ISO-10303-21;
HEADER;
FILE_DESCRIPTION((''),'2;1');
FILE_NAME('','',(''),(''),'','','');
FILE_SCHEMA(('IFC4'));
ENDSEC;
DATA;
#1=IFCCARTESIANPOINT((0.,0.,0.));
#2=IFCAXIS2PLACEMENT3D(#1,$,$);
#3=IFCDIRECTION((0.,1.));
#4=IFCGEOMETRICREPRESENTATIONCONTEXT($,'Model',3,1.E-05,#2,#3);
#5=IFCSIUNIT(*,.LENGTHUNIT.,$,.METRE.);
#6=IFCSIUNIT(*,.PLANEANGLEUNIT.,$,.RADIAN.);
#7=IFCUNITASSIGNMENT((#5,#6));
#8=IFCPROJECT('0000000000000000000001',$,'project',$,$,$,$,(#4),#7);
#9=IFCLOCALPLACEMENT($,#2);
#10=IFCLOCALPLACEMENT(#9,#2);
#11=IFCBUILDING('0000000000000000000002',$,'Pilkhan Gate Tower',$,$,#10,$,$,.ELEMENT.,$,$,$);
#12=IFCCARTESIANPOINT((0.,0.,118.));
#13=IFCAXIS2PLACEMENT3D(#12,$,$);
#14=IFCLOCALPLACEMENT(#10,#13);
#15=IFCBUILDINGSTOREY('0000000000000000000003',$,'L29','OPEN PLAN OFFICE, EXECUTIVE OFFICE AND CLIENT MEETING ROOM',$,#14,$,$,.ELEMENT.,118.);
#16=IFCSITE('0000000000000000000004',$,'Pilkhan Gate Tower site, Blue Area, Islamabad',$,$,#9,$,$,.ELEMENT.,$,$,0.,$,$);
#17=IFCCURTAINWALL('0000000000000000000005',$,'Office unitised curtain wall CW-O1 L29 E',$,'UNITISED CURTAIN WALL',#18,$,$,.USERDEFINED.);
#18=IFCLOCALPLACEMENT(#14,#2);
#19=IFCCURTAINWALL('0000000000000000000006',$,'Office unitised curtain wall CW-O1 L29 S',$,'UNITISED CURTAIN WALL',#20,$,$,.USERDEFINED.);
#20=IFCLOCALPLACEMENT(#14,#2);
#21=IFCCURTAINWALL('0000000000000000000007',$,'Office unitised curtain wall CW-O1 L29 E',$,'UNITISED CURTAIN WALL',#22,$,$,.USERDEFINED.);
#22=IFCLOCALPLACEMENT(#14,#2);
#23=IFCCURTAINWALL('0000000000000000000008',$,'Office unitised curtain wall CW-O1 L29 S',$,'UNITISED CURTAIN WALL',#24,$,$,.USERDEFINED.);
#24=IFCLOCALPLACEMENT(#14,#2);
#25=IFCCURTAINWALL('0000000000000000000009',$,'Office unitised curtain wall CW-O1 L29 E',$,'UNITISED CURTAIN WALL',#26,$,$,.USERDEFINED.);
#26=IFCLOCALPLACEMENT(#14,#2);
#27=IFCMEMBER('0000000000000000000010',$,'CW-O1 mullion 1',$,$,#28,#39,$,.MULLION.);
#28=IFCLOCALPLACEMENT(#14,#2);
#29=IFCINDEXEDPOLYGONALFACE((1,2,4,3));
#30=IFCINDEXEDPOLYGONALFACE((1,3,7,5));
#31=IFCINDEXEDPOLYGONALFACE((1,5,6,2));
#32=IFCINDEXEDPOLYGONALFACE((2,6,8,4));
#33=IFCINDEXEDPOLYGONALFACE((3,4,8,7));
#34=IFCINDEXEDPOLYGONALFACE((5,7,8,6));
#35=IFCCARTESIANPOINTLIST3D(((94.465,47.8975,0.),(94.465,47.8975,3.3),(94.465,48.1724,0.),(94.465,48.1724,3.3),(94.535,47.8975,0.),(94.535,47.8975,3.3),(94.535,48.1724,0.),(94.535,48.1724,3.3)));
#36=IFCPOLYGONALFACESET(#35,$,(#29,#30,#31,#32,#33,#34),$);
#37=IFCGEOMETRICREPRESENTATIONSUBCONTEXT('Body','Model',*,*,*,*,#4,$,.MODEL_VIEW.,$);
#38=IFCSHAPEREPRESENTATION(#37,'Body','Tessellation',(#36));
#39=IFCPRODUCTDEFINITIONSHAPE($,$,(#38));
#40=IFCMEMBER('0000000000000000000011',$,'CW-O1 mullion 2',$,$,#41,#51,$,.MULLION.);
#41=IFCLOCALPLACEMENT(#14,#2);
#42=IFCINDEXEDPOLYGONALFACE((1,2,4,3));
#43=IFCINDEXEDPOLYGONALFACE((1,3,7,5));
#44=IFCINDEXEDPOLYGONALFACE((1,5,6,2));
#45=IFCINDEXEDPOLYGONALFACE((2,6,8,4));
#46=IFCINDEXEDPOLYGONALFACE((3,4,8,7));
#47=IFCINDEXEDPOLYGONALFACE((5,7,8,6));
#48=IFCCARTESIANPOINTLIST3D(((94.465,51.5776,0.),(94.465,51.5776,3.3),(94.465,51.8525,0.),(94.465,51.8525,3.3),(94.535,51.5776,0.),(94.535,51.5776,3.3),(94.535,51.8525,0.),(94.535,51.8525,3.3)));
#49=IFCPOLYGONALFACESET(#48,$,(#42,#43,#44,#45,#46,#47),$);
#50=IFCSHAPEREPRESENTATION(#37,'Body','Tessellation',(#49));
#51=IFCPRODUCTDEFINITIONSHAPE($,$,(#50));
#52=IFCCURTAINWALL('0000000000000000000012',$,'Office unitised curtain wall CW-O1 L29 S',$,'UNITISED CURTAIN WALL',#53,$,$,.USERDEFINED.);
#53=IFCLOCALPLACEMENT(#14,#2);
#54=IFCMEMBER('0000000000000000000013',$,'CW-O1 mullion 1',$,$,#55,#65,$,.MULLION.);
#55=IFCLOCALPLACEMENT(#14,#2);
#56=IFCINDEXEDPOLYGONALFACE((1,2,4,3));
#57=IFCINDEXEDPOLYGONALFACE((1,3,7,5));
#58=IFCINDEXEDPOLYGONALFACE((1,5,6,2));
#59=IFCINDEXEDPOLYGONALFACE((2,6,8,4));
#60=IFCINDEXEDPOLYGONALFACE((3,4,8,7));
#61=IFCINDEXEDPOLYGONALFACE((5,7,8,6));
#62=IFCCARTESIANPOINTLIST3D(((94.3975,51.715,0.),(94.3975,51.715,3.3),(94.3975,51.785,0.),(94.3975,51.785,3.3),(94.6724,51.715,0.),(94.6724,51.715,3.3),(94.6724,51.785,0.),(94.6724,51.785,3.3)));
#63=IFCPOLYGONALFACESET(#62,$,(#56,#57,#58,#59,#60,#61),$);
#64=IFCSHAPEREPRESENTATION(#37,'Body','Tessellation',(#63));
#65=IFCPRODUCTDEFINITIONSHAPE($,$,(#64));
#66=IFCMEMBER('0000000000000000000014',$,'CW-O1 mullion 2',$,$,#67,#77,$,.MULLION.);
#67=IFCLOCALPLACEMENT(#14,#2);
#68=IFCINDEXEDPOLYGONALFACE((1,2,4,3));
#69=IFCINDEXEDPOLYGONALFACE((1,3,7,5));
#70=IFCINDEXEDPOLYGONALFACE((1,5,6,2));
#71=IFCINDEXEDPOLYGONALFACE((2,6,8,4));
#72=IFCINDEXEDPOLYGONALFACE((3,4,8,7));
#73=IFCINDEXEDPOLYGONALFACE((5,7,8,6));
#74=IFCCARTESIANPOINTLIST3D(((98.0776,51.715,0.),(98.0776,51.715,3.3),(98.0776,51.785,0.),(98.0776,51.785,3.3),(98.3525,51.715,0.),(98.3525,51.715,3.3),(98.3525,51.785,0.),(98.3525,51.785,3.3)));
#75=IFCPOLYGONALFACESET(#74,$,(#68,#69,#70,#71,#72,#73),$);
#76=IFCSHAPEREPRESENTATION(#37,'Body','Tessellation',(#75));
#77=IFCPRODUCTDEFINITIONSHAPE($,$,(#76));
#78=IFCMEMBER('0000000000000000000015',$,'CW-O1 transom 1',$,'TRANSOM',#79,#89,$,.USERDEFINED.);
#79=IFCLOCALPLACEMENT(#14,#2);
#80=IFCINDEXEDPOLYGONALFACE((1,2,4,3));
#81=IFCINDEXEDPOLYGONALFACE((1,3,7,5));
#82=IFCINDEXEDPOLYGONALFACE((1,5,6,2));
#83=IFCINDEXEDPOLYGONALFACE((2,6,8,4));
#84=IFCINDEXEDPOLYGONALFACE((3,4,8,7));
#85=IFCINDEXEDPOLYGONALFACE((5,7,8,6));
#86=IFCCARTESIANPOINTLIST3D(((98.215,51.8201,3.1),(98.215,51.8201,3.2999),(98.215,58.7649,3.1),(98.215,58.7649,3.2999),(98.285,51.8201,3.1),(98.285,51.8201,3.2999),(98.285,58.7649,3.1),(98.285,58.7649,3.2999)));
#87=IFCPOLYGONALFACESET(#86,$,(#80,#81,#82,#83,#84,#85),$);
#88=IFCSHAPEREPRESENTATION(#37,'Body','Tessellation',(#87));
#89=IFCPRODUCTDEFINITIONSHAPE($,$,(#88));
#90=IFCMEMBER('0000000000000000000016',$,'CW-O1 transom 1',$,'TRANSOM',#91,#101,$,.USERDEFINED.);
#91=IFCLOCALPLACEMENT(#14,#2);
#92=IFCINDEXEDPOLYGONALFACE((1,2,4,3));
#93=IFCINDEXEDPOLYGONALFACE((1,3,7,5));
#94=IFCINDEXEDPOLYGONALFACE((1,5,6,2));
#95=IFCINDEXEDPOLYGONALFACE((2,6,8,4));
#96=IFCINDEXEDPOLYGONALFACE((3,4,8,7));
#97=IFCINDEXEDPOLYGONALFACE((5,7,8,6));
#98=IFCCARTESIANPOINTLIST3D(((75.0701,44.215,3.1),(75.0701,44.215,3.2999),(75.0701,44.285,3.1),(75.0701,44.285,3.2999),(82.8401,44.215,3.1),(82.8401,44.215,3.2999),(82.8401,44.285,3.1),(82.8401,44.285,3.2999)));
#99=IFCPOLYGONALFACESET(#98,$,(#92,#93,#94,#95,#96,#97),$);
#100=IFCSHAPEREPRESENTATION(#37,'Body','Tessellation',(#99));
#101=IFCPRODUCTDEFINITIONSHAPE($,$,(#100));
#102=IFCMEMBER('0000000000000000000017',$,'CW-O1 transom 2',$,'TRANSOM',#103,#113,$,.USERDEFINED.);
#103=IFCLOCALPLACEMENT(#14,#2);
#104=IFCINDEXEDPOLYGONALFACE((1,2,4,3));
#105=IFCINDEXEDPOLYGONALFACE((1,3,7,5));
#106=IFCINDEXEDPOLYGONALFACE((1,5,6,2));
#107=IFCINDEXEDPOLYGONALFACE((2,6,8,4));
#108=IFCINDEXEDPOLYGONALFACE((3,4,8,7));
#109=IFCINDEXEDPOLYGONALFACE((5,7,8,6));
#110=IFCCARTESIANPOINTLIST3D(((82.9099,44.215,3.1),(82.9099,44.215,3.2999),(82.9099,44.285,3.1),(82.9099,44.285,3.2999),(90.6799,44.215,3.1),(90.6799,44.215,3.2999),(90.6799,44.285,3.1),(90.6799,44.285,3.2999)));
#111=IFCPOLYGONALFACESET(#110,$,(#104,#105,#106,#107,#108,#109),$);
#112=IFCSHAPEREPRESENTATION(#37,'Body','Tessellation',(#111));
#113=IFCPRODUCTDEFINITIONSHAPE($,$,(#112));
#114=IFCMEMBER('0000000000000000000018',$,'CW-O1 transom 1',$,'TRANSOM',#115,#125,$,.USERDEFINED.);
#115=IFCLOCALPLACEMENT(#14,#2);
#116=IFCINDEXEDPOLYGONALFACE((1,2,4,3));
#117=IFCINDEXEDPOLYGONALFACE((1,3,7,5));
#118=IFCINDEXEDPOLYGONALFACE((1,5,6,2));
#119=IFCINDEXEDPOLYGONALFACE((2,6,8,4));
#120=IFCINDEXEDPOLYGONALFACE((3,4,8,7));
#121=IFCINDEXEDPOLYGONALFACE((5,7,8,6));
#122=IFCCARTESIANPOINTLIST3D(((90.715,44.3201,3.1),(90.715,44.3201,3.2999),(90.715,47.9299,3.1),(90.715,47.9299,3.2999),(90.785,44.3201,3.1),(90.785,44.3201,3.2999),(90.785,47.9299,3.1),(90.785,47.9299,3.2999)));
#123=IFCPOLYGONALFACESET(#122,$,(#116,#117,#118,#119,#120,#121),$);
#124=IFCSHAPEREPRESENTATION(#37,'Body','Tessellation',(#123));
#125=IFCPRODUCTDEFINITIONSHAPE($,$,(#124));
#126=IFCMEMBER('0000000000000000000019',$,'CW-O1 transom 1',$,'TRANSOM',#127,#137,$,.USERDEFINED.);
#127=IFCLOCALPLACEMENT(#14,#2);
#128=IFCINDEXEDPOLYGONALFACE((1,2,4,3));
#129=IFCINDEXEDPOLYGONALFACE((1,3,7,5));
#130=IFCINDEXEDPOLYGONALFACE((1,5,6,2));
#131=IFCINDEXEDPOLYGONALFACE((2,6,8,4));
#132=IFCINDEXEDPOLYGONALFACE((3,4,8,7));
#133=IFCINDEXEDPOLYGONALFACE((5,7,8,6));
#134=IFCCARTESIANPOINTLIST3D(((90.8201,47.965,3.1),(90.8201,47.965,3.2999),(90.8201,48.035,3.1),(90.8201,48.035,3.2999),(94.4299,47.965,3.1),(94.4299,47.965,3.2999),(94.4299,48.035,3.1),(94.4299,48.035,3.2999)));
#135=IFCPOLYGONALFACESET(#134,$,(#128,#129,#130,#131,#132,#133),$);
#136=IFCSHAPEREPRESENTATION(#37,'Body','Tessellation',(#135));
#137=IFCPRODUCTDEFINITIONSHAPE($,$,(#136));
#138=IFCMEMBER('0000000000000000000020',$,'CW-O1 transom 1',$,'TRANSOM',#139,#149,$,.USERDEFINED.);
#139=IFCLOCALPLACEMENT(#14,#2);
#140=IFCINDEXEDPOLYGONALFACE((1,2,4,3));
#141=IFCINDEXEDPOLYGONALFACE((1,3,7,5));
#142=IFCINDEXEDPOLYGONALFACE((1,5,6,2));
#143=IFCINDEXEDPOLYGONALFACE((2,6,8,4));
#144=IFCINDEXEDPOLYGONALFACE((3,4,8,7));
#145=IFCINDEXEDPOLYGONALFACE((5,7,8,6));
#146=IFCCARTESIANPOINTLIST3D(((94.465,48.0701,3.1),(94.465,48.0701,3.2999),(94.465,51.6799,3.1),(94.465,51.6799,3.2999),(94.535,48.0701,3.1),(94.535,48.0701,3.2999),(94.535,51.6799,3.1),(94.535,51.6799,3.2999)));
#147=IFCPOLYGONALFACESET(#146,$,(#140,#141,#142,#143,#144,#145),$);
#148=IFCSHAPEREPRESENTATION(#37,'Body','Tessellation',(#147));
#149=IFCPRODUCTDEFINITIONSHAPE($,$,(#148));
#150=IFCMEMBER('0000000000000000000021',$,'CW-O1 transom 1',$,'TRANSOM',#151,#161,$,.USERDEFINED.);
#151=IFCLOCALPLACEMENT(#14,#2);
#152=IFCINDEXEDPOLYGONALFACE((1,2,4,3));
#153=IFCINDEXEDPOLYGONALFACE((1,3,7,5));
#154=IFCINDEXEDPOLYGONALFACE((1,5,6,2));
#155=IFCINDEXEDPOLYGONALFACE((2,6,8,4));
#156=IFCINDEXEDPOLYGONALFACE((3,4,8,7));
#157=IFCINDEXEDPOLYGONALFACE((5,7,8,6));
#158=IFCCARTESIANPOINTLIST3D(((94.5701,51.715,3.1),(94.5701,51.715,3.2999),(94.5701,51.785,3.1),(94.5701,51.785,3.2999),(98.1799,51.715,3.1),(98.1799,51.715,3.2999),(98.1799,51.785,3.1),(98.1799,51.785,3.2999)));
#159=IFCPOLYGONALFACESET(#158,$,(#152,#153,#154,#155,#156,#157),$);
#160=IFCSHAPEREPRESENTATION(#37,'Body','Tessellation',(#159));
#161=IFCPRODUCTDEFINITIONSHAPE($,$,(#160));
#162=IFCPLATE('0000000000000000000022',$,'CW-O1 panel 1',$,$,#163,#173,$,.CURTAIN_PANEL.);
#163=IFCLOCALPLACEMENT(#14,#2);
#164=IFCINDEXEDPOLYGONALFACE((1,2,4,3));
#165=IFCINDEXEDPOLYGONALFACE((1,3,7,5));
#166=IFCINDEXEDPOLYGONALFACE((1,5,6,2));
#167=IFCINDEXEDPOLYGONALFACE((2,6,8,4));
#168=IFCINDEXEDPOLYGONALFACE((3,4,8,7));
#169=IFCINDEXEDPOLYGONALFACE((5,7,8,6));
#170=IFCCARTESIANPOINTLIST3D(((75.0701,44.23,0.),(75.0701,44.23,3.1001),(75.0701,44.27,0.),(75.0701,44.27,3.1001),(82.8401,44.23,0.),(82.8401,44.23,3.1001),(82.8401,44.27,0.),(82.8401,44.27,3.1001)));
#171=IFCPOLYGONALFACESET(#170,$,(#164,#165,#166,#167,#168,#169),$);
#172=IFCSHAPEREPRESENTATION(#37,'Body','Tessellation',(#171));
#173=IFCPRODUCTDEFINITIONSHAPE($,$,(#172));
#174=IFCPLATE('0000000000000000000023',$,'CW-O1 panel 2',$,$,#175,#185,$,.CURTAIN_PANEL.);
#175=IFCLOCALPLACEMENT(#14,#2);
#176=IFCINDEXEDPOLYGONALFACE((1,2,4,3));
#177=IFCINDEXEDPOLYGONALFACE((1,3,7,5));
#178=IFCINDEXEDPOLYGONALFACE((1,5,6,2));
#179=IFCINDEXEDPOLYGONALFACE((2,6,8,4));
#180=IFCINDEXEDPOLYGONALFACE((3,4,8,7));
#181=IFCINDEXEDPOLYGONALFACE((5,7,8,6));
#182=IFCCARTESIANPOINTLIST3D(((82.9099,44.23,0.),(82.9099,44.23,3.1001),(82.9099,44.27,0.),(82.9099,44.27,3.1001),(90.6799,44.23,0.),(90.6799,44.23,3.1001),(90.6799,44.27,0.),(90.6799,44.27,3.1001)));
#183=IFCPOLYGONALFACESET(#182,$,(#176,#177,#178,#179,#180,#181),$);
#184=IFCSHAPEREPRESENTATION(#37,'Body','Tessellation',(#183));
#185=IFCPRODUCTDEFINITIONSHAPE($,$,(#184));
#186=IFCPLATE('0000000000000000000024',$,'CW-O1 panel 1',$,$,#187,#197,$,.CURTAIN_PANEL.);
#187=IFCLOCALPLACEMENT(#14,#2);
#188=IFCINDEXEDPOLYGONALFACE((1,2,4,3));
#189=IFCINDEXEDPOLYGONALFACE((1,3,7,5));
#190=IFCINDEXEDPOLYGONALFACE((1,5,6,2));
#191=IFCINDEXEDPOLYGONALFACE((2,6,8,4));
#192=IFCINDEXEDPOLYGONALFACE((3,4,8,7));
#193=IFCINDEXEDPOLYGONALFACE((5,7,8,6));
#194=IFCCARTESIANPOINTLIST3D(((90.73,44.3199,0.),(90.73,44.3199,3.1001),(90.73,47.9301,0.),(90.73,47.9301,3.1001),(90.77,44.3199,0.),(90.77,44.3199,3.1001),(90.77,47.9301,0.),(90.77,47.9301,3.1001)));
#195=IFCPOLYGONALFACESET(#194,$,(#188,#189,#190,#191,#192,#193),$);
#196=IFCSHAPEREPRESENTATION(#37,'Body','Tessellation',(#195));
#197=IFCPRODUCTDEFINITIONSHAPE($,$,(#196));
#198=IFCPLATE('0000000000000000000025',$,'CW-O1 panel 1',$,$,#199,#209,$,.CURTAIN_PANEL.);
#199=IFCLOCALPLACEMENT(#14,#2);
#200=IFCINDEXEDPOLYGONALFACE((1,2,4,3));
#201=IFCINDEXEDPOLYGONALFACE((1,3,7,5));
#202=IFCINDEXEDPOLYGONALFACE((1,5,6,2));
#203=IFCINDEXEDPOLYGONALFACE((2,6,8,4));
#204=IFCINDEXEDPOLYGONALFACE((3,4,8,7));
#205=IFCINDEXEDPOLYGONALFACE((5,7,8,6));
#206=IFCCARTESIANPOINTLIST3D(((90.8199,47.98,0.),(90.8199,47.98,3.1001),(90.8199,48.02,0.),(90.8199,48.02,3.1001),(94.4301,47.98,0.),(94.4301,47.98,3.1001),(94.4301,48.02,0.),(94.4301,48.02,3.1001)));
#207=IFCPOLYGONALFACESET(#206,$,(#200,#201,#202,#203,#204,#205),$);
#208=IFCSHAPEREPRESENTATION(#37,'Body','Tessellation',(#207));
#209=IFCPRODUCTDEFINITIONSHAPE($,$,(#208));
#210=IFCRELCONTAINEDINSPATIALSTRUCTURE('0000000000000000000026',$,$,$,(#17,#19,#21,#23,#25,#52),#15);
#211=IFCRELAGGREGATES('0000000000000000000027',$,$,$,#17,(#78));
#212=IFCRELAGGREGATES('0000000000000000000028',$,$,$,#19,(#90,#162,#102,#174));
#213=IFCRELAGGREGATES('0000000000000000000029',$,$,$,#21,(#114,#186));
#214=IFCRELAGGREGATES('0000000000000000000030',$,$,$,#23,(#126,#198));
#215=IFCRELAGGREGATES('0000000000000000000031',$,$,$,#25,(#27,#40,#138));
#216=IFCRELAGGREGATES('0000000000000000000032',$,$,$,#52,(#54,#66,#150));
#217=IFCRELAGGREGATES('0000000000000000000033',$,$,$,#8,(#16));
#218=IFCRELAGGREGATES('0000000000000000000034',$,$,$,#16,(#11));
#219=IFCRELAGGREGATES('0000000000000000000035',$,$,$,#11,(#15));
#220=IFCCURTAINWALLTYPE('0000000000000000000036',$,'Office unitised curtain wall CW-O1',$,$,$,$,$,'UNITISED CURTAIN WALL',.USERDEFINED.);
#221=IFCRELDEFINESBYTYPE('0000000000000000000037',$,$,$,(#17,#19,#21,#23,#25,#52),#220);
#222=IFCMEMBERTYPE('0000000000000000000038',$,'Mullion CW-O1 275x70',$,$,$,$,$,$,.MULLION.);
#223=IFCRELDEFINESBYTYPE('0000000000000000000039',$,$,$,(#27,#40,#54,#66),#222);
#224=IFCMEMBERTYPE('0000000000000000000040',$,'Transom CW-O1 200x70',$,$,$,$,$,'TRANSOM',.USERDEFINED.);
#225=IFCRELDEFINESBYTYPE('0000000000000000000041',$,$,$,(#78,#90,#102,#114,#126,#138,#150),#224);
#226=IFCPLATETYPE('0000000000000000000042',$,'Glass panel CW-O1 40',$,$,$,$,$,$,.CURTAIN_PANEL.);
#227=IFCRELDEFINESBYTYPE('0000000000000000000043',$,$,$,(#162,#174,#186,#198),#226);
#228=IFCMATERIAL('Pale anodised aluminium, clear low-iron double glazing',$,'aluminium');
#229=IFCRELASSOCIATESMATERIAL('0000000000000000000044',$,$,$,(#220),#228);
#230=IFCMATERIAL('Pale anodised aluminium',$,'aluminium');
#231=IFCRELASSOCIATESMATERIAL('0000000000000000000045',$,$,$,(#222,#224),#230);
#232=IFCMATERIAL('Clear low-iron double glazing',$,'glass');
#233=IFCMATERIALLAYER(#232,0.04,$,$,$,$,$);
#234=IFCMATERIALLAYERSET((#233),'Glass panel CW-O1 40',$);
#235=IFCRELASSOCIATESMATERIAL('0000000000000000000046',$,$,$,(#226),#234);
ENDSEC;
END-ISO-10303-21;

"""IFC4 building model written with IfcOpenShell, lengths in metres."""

from ifc_helpers import new_model, si_unit, direction, frame, origin, origin_2d, place, context, subcontext, project, spatial, rectangle, extrude, material, layer, layer_set, material_profile, profile_set, type_object, element, aggregate, save


model = new_model("IFC4")

# Units and contexts
model_context = context("Model", 3, precision=1e-05, world=origin(), true_north=direction((0.0, 1.0)))
body_context = subcontext(model_context, "Body", "Model", "MODEL_VIEW")
ifc_project = project(units=[si_unit("LENGTHUNIT", "METRE"), si_unit("PLANEANGLEUNIT", "RADIAN")], contexts=[model_context])

# Site, building, storey
site_placement = place(None, origin())
site = spatial("IfcSite", under=ifc_project, at=site_placement, Name="Pilkhan Gate Tower site, Blue Area, Islamabad", CompositionType="ELEMENT", RefElevation=0.0)
building_placement = place(site_placement, origin())
building = spatial("IfcBuilding", under=site, at=building_placement, Name="Pilkhan Gate Tower", CompositionType="ELEMENT")
storey_placement = place(building_placement, frame((0.0, 0.0, 118.0)))
storey = spatial("IfcBuildingStorey", under=building, at=storey_placement, Name="L29", Description="OPEN PLAN OFFICE, EXECUTIVE OFFICE AND CLIENT MEETING ROOM", CompositionType="ELEMENT", Elevation=118.0)

# Curtain wall
ifc_material_1 = material(Name="Pale anodised aluminium, clear low-iron double glazing", Category="aluminium")
curtain_wall_type = type_object("IfcCurtainWallType", Name="Office unitised curtain wall CW-O1", ElementType="UNITISED CURTAIN WALL", PredefinedType="USERDEFINED", material=ifc_material_1)
curtain_wall_1_placement = place(storey_placement, origin())
curtain_wall_1 = element("IfcCurtainWall", 1, at=curtain_wall_1_placement, inside=storey, type_object=curtain_wall_type, Name="Office unitised curtain wall CW-O1 L29 E", ObjectType="UNITISED CURTAIN WALL", PredefinedType="USERDEFINED")
ifc_material_2 = material(Name="Pale anodised aluminium", Category="aluminium")
ifc_material_profile_1 = material_profile(ifc_material_2, rectangle(XDim=0.0701, YDim=0.2749, at=origin_2d()), Name="Mullion 275x70")
ifc_profile_set_1 = profile_set([ifc_material_profile_1], Name="Pale anodised aluminium")
member_type_1 = type_object("IfcMemberType", Name="Mullion CW-O1 275x70", PredefinedType="MULLION", material=ifc_profile_set_1)

# Curtain walls, members
curtain_wall_2_placement = place(storey_placement, origin())
curtain_wall_2 = element("IfcCurtainWall", 2, at=curtain_wall_2_placement, inside=storey, type_object=curtain_wall_type, Name="Office unitised curtain wall CW-O1 L29 S", ObjectType="UNITISED CURTAIN WALL", PredefinedType="USERDEFINED")
curtain_wall_3_placement = place(storey_placement, origin())
curtain_wall_3 = element("IfcCurtainWall", 3, at=curtain_wall_3_placement, inside=storey, type_object=curtain_wall_type, Name="Office unitised curtain wall CW-O1 L29 E", ObjectType="UNITISED CURTAIN WALL", PredefinedType="USERDEFINED")
curtain_wall_4_placement = place(storey_placement, origin())
curtain_wall_4 = element("IfcCurtainWall", 4, at=curtain_wall_4_placement, inside=storey, type_object=curtain_wall_type, Name="Office unitised curtain wall CW-O1 L29 S", ObjectType="UNITISED CURTAIN WALL", PredefinedType="USERDEFINED")
curtain_wall_5_placement = place(storey_placement, origin())
curtain_wall_5 = element("IfcCurtainWall", 5, at=curtain_wall_5_placement, inside=storey, type_object=curtain_wall_type, Name="Office unitised curtain wall CW-O1 L29 E", ObjectType="UNITISED CURTAIN WALL", PredefinedType="USERDEFINED")
member_1_placement = place(storey_placement, frame((94.5, 48.0349, 0.0), z_axis=(0.0, 0.0, 1.0), x_axis=(-1.0, 0.0, 0.0)))
member_1 = element("IfcMember", 6, at=member_1_placement, type_object=member_type_1, Name="CW-O1 mullion 1", PredefinedType="MULLION", context=body_context, shape_type="SweptSolid", body=[
    extrude(rectangle(XDim=0.0701, YDim=0.2749, at=origin_2d()), origin(), (0.0, 0.0, 1.0), 3.3),
])
member_2_placement = place(storey_placement, frame((94.5, 51.7151, 0.0), z_axis=(0.0, 0.0, 1.0), x_axis=(-1.0, 0.0, 0.0)))
member_2 = element("IfcMember", 7, at=member_2_placement, type_object=member_type_1, Name="CW-O1 mullion 2", PredefinedType="MULLION", context=body_context, shape_type="SweptSolid", body=[
    extrude(rectangle(XDim=0.0701, YDim=0.2749, at=origin_2d()), origin(), (0.0, 0.0, 1.0), 3.3),
])
curtain_wall_6_placement = place(storey_placement, origin())
curtain_wall_6 = element("IfcCurtainWall", 8, at=curtain_wall_6_placement, inside=storey, type_object=curtain_wall_type, Name="Office unitised curtain wall CW-O1 L29 S", ObjectType="UNITISED CURTAIN WALL", PredefinedType="USERDEFINED")
member_3_placement = place(storey_placement, frame((94.5349, 51.75, 0.0), z_axis=(0.0, 0.0, 1.0), x_axis=(0.0, 1.0, 0.0)))
member_3 = element("IfcMember", 9, at=member_3_placement, type_object=member_type_1, Name="CW-O1 mullion 1", PredefinedType="MULLION", context=body_context, shape_type="SweptSolid", body=[
    extrude(rectangle(XDim=0.0701, YDim=0.2749, at=origin_2d()), origin(), (0.0, 0.0, 1.0), 3.3),
])
member_4_placement = place(storey_placement, frame((98.2151, 51.75, 0.0), z_axis=(0.0, 0.0, 1.0), x_axis=(0.0, 1.0, 0.0)))
member_4 = element("IfcMember", 10, at=member_4_placement, type_object=member_type_1, Name="CW-O1 mullion 2", PredefinedType="MULLION", context=body_context, shape_type="SweptSolid", body=[
    extrude(rectangle(XDim=0.0701, YDim=0.2749, at=origin_2d()), origin(), (0.0, 0.0, 1.0), 3.3),
])

# Members
ifc_material_profile_2 = material_profile(ifc_material_2, rectangle(XDim=0.0701, YDim=0.2, at=origin_2d()), Name="Transom 200x70")
ifc_profile_set_2 = profile_set([ifc_material_profile_2], Name="Pale anodised aluminium")
member_type_2 = type_object("IfcMemberType", Name="Transom CW-O1 200x70", ElementType="TRANSOM", PredefinedType="USERDEFINED", material=ifc_profile_set_2)
member_5_placement = place(storey_placement, frame((98.25, 51.8201, 3.2), z_axis=(0.0, 1.0, 0.0), x_axis=(-1.0, 0.0, 0.0)))
member_5 = element("IfcMember", 11, at=member_5_placement, type_object=member_type_2, Name="CW-O1 transom 1", ObjectType="TRANSOM", PredefinedType="USERDEFINED", context=body_context, shape_type="SweptSolid", body=[
    extrude(rectangle(XDim=0.0701, YDim=0.2, at=origin_2d()), origin(), (0.0, 0.0, 1.0), 6.9448),
])
aggregate(curtain_wall_1, [member_5])
member_6_placement = place(storey_placement, frame((75.0701, 44.25, 3.2), z_axis=(1.0, 0.0, 0.0), x_axis=(0.0, 1.0, 0.0)))
member_6 = element("IfcMember", 12, at=member_6_placement, type_object=member_type_2, Name="CW-O1 transom 1", ObjectType="TRANSOM", PredefinedType="USERDEFINED", context=body_context, shape_type="SweptSolid", body=[
    extrude(rectangle(XDim=0.0701, YDim=0.2, at=origin_2d()), origin(), (0.0, 0.0, 1.0), 7.77),
])
member_7_placement = place(storey_placement, frame((82.9099, 44.25, 3.2), z_axis=(1.0, 0.0, 0.0), x_axis=(0.0, 1.0, 0.0)))
member_7 = element("IfcMember", 13, at=member_7_placement, type_object=member_type_2, Name="CW-O1 transom 2", ObjectType="TRANSOM", PredefinedType="USERDEFINED", context=body_context, shape_type="SweptSolid", body=[
    extrude(rectangle(XDim=0.0701, YDim=0.2, at=origin_2d()), origin(), (0.0, 0.0, 1.0), 7.77),
])
member_8_placement = place(storey_placement, frame((90.75, 44.3201, 3.2), z_axis=(0.0, 1.0, 0.0), x_axis=(-1.0, 0.0, 0.0)))
member_8 = element("IfcMember", 14, at=member_8_placement, type_object=member_type_2, Name="CW-O1 transom 1", ObjectType="TRANSOM", PredefinedType="USERDEFINED", context=body_context, shape_type="SweptSolid", body=[
    extrude(rectangle(XDim=0.0701, YDim=0.2, at=origin_2d()), origin(), (0.0, 0.0, 1.0), 3.6099),
])
member_9_placement = place(storey_placement, frame((90.8201, 48.0, 3.2), z_axis=(1.0, 0.0, 0.0), x_axis=(0.0, 1.0, 0.0)))
member_9 = element("IfcMember", 15, at=member_9_placement, type_object=member_type_2, Name="CW-O1 transom 1", ObjectType="TRANSOM", PredefinedType="USERDEFINED", context=body_context, shape_type="SweptSolid", body=[
    extrude(rectangle(XDim=0.0701, YDim=0.2, at=origin_2d()), origin(), (0.0, 0.0, 1.0), 3.6099),
])
member_10_placement = place(storey_placement, frame((94.5, 48.0701, 3.2), z_axis=(0.0, 1.0, 0.0), x_axis=(-1.0, 0.0, 0.0)))
member_10 = element("IfcMember", 16, at=member_10_placement, type_object=member_type_2, Name="CW-O1 transom 1", ObjectType="TRANSOM", PredefinedType="USERDEFINED", context=body_context, shape_type="SweptSolid", body=[
    extrude(rectangle(XDim=0.0701, YDim=0.2, at=origin_2d()), origin(), (0.0, 0.0, 1.0), 3.6099),
])
member_11_placement = place(storey_placement, frame((94.5701, 51.75, 3.2), z_axis=(1.0, 0.0, 0.0), x_axis=(0.0, 1.0, 0.0)))
member_11 = element("IfcMember", 17, at=member_11_placement, type_object=member_type_2, Name="CW-O1 transom 1", ObjectType="TRANSOM", PredefinedType="USERDEFINED", context=body_context, shape_type="SweptSolid", body=[
    extrude(rectangle(XDim=0.0701, YDim=0.2, at=origin_2d()), origin(), (0.0, 0.0, 1.0), 3.6099),
])

# Plates
ifc_material_3 = material(Name="Clear low-iron double glazing", Category="glass")
ifc_layer_1 = layer(ifc_material_3, 0.04)
ifc_layer_set_1 = layer_set([ifc_layer_1], Name="Glass panel CW-O1 40")
plate_type = type_object("IfcPlateType", Name="Glass panel CW-O1 40", PredefinedType="CURTAIN_PANEL", material=ifc_layer_set_1)
plate_1_placement = place(storey_placement, frame((78.9551, 44.25, 0.0), z_axis=(0.0, 0.0, 1.0), x_axis=(1.0, 0.0, 0.0)))
plate_1 = element("IfcPlate", 18, at=plate_1_placement, type_object=plate_type, Name="CW-O1 panel 1", PredefinedType="CURTAIN_PANEL", context=body_context, shape_type="SweptSolid", body=[
    extrude(rectangle(XDim=7.77, YDim=0.04, at=origin_2d()), origin(), (0.0, 0.0, 1.0), 3.1001),
])
plate_2_placement = place(storey_placement, frame((86.7949, 44.25, 0.0), z_axis=(0.0, 0.0, 1.0), x_axis=(1.0, 0.0, 0.0)))
plate_2 = element("IfcPlate", 19, at=plate_2_placement, type_object=plate_type, Name="CW-O1 panel 2", PredefinedType="CURTAIN_PANEL", context=body_context, shape_type="SweptSolid", body=[
    extrude(rectangle(XDim=7.77, YDim=0.04, at=origin_2d()), origin(), (0.0, 0.0, 1.0), 3.1001),
])
aggregate(curtain_wall_2, [member_6, plate_1, member_7, plate_2])
plate_3_placement = place(storey_placement, frame((90.75, 46.125, 0.0), z_axis=(0.0, 0.0, 1.0), x_axis=(0.0, 1.0, 0.0)))
plate_3 = element("IfcPlate", 20, at=plate_3_placement, type_object=plate_type, Name="CW-O1 panel 1", PredefinedType="CURTAIN_PANEL", context=body_context, shape_type="SweptSolid", body=[
    extrude(rectangle(XDim=3.6101, YDim=0.04, at=origin_2d()), origin(), (0.0, 0.0, 1.0), 3.1001),
])
aggregate(curtain_wall_3, [member_8, plate_3])
plate_4_placement = place(storey_placement, frame((92.625, 48.0, 0.0), z_axis=(0.0, 0.0, 1.0), x_axis=(1.0, 0.0, 0.0)))
plate_4 = element("IfcPlate", 21, at=plate_4_placement, type_object=plate_type, Name="CW-O1 panel 1", PredefinedType="CURTAIN_PANEL", context=body_context, shape_type="SweptSolid", body=[
    extrude(rectangle(XDim=3.6101, YDim=0.04, at=origin_2d()), origin(), (0.0, 0.0, 1.0), 3.1001),
])
aggregate(curtain_wall_4, [member_9, plate_4])
aggregate(curtain_wall_5, [member_1, member_2, member_10])
aggregate(curtain_wall_6, [member_3, member_4, member_11])

save(model, "model.ifc")
